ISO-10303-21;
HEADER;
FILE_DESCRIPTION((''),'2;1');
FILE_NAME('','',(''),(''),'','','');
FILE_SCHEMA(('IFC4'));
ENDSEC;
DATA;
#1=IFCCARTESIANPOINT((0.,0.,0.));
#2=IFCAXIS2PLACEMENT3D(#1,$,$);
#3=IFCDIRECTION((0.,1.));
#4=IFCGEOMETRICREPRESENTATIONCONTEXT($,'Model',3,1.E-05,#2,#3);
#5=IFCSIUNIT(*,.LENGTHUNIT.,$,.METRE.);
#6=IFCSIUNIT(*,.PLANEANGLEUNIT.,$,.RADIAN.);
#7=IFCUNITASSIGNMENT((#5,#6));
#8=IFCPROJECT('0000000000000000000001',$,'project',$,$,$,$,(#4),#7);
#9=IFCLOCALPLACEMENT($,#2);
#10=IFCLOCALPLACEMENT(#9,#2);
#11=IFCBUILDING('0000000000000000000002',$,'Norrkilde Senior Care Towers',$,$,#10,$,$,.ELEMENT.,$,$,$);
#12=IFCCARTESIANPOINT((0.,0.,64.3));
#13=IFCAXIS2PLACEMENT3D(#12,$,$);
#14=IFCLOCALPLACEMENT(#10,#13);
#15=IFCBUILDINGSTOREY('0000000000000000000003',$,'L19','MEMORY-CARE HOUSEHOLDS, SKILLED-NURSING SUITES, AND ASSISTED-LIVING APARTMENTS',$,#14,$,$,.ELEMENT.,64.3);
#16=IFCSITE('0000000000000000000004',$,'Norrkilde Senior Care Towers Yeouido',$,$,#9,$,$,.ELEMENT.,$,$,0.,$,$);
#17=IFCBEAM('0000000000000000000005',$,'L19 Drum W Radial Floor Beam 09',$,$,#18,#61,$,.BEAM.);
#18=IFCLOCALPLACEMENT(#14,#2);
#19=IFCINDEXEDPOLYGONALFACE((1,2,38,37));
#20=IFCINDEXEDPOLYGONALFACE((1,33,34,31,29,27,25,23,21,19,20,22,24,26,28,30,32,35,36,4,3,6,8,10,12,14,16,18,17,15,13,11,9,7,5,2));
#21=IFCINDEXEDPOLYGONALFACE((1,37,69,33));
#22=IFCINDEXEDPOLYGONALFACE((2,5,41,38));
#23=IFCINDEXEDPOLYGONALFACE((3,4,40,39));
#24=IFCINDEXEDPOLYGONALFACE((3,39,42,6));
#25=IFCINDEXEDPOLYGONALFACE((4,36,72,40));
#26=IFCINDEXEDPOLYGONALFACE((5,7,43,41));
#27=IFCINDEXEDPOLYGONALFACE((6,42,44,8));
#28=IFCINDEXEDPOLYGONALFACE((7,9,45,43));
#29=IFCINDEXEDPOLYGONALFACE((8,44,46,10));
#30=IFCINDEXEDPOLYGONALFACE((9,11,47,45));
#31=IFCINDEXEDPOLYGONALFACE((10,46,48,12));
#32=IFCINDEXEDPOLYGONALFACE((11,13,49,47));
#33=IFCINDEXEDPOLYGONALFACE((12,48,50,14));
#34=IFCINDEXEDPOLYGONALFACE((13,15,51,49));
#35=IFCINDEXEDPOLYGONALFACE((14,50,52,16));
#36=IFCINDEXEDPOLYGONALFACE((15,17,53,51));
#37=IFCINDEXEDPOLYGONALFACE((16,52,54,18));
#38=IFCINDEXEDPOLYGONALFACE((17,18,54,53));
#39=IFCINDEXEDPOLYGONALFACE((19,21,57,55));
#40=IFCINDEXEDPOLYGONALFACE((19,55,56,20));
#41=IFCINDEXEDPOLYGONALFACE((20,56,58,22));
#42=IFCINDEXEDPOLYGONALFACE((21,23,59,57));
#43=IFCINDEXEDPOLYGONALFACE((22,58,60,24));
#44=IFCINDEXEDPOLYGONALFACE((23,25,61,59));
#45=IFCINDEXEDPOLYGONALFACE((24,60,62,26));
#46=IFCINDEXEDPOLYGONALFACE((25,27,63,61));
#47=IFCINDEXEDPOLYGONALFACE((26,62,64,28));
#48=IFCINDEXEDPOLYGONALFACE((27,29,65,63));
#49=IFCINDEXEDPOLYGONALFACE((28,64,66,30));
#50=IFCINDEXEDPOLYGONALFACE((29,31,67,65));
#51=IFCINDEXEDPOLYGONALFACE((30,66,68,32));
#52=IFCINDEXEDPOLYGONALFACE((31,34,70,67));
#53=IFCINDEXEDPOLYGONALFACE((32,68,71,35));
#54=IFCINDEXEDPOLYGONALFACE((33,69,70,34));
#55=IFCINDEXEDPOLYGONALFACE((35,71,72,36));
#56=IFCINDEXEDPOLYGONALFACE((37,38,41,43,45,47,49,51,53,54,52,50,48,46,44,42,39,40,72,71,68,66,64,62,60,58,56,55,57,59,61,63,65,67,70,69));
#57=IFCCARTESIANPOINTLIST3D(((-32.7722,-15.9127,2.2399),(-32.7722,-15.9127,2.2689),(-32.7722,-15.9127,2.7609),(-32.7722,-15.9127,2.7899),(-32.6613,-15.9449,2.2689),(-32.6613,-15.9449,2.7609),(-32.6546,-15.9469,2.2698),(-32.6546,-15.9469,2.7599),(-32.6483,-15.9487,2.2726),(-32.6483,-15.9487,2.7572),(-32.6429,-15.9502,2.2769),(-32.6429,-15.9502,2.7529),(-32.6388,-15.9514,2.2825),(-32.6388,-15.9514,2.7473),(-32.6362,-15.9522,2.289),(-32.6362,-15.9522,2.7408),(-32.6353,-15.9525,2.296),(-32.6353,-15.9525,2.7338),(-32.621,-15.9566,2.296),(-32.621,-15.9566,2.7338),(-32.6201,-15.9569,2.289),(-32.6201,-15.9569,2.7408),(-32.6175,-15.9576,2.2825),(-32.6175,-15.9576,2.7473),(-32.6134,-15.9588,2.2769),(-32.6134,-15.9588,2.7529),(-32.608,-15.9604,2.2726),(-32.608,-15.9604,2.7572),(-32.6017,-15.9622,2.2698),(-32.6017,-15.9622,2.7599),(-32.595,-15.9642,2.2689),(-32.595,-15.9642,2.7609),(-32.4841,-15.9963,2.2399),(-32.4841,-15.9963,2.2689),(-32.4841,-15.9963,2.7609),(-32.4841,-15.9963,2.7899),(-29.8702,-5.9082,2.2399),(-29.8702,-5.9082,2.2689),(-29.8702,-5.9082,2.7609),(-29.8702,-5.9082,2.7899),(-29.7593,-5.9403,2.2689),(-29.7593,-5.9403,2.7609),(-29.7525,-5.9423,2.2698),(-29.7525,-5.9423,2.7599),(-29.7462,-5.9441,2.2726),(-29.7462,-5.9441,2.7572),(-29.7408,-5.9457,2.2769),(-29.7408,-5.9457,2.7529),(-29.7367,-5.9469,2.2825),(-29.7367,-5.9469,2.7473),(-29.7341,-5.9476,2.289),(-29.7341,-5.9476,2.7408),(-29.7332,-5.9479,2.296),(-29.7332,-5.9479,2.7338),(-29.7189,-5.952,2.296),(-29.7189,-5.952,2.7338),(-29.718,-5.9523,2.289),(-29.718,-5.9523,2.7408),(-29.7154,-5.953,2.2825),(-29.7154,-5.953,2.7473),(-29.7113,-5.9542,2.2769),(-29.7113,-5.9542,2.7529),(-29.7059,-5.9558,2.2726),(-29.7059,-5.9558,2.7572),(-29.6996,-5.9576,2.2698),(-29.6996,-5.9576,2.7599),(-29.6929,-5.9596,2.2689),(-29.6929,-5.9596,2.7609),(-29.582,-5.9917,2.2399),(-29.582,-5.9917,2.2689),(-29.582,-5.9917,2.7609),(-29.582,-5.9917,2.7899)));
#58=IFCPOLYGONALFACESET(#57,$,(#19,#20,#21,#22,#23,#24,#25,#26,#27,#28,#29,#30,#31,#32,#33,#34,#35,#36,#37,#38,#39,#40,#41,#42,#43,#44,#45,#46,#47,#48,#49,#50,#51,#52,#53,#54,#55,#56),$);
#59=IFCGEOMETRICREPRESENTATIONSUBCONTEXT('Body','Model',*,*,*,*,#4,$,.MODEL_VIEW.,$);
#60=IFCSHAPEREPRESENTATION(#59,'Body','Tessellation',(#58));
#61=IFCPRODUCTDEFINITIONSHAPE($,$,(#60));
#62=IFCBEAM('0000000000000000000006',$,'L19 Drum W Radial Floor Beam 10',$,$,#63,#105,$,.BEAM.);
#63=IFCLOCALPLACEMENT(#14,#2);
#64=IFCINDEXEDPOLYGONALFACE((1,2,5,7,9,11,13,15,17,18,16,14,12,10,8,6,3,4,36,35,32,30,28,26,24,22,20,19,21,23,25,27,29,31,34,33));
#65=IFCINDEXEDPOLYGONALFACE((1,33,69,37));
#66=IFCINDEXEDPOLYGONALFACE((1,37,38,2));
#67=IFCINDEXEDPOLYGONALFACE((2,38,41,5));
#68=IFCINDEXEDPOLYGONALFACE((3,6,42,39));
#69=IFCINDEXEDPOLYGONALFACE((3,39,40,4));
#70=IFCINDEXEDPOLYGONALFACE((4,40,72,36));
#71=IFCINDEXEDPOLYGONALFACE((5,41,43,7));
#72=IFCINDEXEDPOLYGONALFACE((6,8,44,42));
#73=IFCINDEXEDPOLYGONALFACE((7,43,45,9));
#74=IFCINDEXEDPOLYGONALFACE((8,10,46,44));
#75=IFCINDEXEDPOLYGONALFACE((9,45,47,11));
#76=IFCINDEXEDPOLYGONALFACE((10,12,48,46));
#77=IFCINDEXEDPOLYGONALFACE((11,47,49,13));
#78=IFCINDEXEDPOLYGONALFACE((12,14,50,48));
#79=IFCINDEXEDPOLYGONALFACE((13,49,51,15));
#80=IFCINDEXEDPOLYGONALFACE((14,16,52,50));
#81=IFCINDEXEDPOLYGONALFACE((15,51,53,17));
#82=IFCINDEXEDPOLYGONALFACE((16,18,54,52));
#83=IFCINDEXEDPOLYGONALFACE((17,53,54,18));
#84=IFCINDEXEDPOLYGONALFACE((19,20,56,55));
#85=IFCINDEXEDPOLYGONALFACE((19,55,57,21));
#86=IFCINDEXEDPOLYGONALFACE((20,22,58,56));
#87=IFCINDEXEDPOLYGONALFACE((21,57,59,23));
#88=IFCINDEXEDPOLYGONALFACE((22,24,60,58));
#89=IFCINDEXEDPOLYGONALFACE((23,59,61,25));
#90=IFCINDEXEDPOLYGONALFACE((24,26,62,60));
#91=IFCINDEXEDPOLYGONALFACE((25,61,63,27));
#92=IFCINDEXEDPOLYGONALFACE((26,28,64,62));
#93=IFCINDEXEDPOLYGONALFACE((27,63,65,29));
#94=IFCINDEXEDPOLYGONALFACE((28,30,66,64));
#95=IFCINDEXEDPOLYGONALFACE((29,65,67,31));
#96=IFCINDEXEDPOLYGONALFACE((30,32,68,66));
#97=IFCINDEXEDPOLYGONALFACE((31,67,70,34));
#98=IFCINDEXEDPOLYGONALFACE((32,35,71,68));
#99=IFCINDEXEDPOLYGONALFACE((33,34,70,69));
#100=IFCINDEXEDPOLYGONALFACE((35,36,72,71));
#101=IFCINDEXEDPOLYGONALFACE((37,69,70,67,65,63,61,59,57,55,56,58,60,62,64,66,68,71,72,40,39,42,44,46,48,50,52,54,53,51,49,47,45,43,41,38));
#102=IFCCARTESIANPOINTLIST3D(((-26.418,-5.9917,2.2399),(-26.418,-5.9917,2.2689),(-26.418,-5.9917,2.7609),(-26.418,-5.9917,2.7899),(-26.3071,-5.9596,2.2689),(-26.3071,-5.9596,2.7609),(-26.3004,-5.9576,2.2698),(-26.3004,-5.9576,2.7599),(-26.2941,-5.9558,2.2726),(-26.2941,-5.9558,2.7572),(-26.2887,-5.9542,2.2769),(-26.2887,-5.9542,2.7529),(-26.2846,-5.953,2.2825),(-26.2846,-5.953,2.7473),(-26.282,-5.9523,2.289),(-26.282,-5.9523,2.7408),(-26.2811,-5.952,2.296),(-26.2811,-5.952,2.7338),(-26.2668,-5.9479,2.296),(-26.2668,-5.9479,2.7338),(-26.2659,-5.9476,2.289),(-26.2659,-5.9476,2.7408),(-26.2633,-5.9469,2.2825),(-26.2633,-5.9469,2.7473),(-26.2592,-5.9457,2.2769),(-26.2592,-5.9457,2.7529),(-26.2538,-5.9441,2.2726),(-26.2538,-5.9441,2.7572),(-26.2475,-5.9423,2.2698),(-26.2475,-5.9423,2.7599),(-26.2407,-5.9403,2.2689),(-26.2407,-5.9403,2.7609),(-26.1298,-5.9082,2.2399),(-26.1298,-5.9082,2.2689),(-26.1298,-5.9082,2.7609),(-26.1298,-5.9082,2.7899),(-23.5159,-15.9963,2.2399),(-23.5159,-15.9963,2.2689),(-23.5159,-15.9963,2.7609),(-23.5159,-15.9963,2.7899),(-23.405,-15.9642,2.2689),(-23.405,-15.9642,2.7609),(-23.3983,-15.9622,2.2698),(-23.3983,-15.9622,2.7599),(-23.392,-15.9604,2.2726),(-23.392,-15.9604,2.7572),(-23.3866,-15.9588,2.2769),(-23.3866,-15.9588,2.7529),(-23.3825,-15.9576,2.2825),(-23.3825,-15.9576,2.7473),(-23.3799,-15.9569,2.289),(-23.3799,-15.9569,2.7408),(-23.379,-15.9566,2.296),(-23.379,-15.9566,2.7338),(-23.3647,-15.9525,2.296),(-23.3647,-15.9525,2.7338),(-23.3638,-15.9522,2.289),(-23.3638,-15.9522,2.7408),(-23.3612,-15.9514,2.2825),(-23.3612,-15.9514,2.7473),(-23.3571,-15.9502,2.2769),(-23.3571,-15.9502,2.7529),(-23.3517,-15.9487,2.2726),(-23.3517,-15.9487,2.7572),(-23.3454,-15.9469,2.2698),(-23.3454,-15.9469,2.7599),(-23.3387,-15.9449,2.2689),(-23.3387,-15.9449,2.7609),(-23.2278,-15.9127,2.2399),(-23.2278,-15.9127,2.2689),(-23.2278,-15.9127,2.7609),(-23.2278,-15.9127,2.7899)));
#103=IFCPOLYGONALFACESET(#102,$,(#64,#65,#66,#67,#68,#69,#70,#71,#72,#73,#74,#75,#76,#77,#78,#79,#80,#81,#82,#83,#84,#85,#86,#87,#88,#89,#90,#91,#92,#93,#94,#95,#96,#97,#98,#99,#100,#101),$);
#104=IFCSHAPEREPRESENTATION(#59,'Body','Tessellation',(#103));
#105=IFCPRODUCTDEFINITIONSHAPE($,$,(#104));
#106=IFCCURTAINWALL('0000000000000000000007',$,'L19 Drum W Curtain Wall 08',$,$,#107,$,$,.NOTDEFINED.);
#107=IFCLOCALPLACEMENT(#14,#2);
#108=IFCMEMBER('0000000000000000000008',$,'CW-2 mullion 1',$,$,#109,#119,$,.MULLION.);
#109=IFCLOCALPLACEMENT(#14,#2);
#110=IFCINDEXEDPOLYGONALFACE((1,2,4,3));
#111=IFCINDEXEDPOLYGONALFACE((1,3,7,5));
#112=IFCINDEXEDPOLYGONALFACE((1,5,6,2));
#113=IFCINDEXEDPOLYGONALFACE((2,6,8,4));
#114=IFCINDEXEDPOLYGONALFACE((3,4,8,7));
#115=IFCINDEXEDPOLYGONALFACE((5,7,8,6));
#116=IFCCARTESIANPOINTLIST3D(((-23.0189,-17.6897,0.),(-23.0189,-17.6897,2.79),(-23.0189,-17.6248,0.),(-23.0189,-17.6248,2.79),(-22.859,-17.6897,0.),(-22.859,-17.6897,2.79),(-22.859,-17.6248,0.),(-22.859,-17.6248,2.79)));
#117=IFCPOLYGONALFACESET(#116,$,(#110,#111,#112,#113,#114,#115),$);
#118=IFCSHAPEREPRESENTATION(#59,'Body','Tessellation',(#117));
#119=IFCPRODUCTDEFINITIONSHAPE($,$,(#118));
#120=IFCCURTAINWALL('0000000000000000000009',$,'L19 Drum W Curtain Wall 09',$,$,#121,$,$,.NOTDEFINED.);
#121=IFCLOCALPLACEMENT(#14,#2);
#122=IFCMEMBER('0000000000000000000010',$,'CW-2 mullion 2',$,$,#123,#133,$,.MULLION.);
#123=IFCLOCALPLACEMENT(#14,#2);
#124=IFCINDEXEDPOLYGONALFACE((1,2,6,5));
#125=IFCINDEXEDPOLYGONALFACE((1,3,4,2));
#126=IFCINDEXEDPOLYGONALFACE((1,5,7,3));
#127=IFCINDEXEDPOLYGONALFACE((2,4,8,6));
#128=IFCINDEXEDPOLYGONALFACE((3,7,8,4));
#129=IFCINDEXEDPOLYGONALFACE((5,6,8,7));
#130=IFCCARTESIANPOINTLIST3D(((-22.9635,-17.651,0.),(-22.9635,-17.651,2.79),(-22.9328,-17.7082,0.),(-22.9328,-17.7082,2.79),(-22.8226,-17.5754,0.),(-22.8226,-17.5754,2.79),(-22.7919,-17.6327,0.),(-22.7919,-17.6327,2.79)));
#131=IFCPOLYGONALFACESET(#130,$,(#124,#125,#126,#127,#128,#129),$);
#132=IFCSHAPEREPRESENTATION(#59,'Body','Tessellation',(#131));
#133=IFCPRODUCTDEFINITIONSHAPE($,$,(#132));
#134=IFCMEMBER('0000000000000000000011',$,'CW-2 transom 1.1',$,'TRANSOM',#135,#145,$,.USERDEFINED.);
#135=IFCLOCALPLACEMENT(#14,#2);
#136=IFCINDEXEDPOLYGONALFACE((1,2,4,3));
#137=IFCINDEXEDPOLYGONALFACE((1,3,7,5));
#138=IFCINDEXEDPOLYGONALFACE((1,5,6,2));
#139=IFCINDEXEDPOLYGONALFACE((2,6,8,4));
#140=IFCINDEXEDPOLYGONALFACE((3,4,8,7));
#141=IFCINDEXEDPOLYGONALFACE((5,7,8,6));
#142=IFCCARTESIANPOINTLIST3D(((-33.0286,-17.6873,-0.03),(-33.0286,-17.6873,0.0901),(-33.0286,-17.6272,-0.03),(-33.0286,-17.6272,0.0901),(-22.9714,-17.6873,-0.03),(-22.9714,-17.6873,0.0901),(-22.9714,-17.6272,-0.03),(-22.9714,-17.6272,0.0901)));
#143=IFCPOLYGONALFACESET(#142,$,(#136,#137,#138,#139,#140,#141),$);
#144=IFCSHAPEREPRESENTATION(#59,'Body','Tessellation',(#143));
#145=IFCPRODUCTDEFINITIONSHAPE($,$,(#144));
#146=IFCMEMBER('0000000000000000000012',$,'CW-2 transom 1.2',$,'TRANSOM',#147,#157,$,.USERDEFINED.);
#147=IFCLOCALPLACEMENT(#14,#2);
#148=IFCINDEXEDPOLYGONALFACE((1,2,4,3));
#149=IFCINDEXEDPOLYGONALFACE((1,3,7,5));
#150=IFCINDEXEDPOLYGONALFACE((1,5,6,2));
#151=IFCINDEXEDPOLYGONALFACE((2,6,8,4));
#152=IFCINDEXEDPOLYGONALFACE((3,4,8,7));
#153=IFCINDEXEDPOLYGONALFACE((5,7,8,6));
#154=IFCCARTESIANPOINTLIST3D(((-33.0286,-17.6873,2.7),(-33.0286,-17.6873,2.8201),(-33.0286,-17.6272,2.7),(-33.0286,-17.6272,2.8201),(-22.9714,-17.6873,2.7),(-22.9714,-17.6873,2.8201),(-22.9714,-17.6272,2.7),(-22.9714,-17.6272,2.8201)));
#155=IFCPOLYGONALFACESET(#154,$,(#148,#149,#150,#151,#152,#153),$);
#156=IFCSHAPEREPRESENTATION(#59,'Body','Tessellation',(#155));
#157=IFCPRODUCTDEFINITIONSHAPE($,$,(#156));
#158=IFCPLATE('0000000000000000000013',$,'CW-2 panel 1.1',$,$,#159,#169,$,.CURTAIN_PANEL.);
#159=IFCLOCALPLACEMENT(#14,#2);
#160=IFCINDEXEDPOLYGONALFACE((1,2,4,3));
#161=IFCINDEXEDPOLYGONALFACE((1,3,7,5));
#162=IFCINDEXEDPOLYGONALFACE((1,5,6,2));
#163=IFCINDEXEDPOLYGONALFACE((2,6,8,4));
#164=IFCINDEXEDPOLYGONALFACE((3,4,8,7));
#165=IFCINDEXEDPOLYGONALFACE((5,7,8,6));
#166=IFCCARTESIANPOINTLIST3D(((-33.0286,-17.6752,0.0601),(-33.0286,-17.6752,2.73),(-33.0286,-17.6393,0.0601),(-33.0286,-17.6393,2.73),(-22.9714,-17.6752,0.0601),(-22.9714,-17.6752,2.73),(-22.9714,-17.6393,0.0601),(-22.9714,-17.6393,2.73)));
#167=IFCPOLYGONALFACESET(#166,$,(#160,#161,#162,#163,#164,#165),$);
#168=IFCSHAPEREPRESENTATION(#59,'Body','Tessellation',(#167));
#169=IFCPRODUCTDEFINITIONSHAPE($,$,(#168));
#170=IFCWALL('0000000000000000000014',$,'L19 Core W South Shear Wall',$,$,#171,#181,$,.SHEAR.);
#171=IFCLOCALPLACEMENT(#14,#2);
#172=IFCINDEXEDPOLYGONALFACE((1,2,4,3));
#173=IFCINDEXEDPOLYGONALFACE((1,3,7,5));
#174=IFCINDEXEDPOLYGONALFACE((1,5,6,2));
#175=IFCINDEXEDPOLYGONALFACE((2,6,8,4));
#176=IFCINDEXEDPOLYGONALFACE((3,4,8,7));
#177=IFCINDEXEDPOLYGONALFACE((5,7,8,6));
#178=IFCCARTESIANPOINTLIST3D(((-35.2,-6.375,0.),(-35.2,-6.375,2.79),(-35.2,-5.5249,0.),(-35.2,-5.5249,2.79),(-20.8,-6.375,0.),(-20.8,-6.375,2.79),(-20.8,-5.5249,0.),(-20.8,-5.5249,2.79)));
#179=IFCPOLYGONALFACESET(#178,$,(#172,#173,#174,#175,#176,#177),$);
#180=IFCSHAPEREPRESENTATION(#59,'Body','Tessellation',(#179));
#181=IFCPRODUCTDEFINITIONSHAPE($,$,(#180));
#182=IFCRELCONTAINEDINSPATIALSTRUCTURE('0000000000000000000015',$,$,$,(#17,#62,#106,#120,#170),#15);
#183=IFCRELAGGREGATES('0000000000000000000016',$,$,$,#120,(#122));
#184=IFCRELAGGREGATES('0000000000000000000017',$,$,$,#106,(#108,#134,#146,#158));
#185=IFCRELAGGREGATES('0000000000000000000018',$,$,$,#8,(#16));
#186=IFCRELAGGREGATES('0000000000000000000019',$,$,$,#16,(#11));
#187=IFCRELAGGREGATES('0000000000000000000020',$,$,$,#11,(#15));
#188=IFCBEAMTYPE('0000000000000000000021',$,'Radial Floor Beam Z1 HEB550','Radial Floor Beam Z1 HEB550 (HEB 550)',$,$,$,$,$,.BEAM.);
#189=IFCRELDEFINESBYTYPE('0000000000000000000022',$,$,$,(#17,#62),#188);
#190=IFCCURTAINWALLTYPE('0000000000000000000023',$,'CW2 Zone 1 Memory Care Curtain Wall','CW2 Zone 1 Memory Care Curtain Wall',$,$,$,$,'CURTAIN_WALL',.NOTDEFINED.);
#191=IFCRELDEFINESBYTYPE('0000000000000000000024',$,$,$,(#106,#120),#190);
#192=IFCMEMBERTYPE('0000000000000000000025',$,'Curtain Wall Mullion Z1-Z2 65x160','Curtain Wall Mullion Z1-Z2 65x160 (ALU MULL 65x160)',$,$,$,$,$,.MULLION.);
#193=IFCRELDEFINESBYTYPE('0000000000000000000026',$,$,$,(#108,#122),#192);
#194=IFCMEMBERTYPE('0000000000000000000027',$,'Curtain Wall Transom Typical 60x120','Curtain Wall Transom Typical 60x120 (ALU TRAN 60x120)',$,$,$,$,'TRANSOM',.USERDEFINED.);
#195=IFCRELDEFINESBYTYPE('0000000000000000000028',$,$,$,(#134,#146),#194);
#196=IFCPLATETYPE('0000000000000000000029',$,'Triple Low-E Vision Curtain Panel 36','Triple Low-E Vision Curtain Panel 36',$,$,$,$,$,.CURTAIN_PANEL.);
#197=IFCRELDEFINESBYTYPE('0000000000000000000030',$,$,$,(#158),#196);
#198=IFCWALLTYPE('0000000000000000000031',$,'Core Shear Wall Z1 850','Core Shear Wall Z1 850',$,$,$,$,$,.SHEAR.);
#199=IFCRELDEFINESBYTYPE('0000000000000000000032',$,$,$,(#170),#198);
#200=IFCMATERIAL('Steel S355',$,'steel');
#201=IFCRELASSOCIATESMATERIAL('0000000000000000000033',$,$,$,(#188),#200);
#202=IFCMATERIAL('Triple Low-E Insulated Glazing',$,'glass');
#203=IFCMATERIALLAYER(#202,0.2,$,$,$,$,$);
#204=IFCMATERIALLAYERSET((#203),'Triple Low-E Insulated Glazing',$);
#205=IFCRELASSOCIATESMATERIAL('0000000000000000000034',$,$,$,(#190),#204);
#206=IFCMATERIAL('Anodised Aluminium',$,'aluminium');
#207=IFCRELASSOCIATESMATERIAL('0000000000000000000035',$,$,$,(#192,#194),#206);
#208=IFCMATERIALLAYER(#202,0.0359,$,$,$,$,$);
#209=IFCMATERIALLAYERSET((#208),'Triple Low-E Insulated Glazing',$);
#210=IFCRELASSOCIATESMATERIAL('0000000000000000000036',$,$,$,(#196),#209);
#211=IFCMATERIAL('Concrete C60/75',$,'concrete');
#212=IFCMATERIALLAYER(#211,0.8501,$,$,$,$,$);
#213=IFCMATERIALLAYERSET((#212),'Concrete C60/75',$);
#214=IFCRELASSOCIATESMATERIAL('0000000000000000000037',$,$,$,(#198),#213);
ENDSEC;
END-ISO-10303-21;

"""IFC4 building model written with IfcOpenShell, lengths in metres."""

from ifc_helpers import new_model, si_unit, direction, frame, frame_2d, origin, origin_2d, place, context, subcontext, project, spatial, rectangle, i_section, extrude, source, transform, mapped, material, layer, layer_set, material_profile, profile_set, type_object, type_shapes, element, aggregate, save


model = new_model("IFC4")

# Units and contexts
model_context = context("Model", 3, precision=1e-05, world=origin(), true_north=direction((0.0, 1.0)))
body_context = subcontext(model_context, "Body", "Model", "MODEL_VIEW")
ifc_project = project(units=[si_unit("LENGTHUNIT", "METRE"), si_unit("PLANEANGLEUNIT", "RADIAN")], contexts=[model_context])

# Site, building, storey
site_placement = place(None, origin())
site = spatial("IfcSite", under=ifc_project, at=site_placement, Name="Norrkilde Senior Care Towers Yeouido", CompositionType="ELEMENT", RefElevation=0.0)
building_placement = place(site_placement, origin())
building = spatial("IfcBuilding", under=site, at=building_placement, Name="Norrkilde Senior Care Towers", CompositionType="ELEMENT")
storey_placement = place(building_placement, frame((0.0, 0.0, 64.3)))
storey = spatial("IfcBuildingStorey", under=building, at=storey_placement, Name="L19", Description="MEMORY-CARE HOUSEHOLDS, SKILLED-NURSING SUITES, AND ASSISTED-LIVING APARTMENTS", CompositionType="ELEMENT", Elevation=64.3)

# Shared definitions
ifc_material_1 = material(Name="Concrete C60/75", Category="concrete")

# Beams
ifc_material_2 = material(Name="Steel S355", Category="steel")
ifc_material_profile_1 = material_profile(ifc_material_2, i_section(OverallWidth=0.3, OverallDepth=0.55, WebThickness=0.0149, FlangeThickness=0.0291, FilletRadius=0.0271, at=origin_2d()), Name="HEB 550")
ifc_profile_set_1 = profile_set([ifc_material_profile_1], Name="Steel S355")
beam_type_1 = type_object("IfcBeamType", Name="Radial Floor Beam Z1 HEB550", Description="Radial Floor Beam Z1 HEB550 (HEB 550)", PredefinedType="BEAM", material=ifc_profile_set_1)
shared_shape_1 = source(origin(), body_context, "Body", "SweptSolid", [
    extrude(i_section(OverallWidth=0.3, OverallDepth=0.55, WebThickness=0.0149, FlangeThickness=0.0291, FilletRadius=0.0271, at=origin_2d()), origin(), (0.0, 0.0, 1.0), 10.417),
])
for number, where, z_axis, x_axis, name in (
    (1, (-29.7261, -5.95, 2.5149), (-0.278591, -0.96041, 0.0), (0.96041, -0.278591, 0.0), "L19 Drum W Radial Floor Beam 09"),
    (2, (-26.2739, -5.95, 2.5149), (0.278591, -0.96041, 0.0), (0.96041, 0.278591, 0.0), "L19 Drum W Radial Floor Beam 10"),
):
    element("IfcBeam", number, at=place(storey_placement, frame(where, z_axis=z_axis, x_axis=x_axis)), inside=storey, type_object=beam_type_1, Name=name, PredefinedType="BEAM", context=body_context, shape_type="MappedRepresentation", body=[
        mapped(shared_shape_1, transform((0.0, 0.0, 0.0), x_axis=(1.0, 0.0, 0.0), y_axis=(0.0, 1.0, 0.0), z_axis=(0.0, 0.0, 1.0), scale=1.0)),
    ])

# Curtain walls, members
ifc_material_3 = material(Name="Triple Low-E Insulated Glazing", Category="glass")
ifc_layer_1 = layer(ifc_material_3, 0.2)
ifc_layer_set_1 = layer_set([ifc_layer_1], Name="Triple Low-E Insulated Glazing")
curtain_wall_type = type_object("IfcCurtainWallType", Name="CW2 Zone 1 Memory Care Curtain Wall", Description="CW2 Zone 1 Memory Care Curtain Wall", ElementType="CURTAIN_WALL", PredefinedType="NOTDEFINED", material=ifc_layer_set_1)
curtain_wall_1_placement = place(storey_placement, origin())
curtain_wall_1 = element("IfcCurtainWall", 3, at=curtain_wall_1_placement, inside=storey, type_object=curtain_wall_type, Name="L19 Drum W Curtain Wall 08", PredefinedType="NOTDEFINED")
ifc_material_4 = material(Name="Anodised Aluminium", Category="aluminium")
ifc_material_profile_2 = material_profile(ifc_material_4, rectangle(XDim=0.0649, YDim=0.1599, at=origin_2d()), Name="ALU MULL 65x160")
ifc_profile_set_2 = profile_set([ifc_material_profile_2], Name="Anodised Aluminium")
member_type_1 = type_object("IfcMemberType", Name="Curtain Wall Mullion Z1-Z2 65x160", Description="Curtain Wall Mullion Z1-Z2 65x160 (ALU MULL 65x160)", PredefinedType="MULLION", material=ifc_profile_set_2)
shared_shape_2 = source(origin(), body_context, "Body", "SweptSolid", [
    extrude(rectangle(XDim=0.0649, YDim=0.1599, at=origin_2d()), origin(), (0.0, 0.0, 1.0), 2.79),
])
type_shapes(member_type_1, [shared_shape_2])
member_1_placement = place(storey_placement, frame((-22.939, -17.6572, 0.0), z_axis=(0.0, 0.0, 1.0), x_axis=(0.0, -1.0, 0.0)))
member_1 = element("IfcMember", 4, at=member_1_placement, type_object=member_type_1, Name="CW-2 mullion 1", PredefinedType="MULLION", context=body_context, shape_type="MappedRepresentation", body=[
    mapped(shared_shape_2, transform((0.0, 0.0, 0.0), x_axis=(1.0, 0.0, 0.0), y_axis=(0.0, 1.0, 0.0), z_axis=(0.0, 0.0, 1.0), scale=1.0)),
])
curtain_wall_2_placement = place(storey_placement, origin())
curtain_wall_2 = element("IfcCurtainWall", 5, at=curtain_wall_2_placement, inside=storey, type_object=curtain_wall_type, Name="L19 Drum W Curtain Wall 09", PredefinedType="NOTDEFINED")
member_2_placement = place(storey_placement, frame((-22.8777, -17.6418, 0.0), z_axis=(0.0, 0.0, 1.0), x_axis=(0.472608, -0.881273, 0.0)))
member_2 = element("IfcMember", 6, at=member_2_placement, type_object=member_type_1, Name="CW-2 mullion 2", PredefinedType="MULLION", context=body_context, shape_type="MappedRepresentation", body=[
    mapped(shared_shape_2, transform((0.0, 0.0, 0.0), x_axis=(1.0, 0.0, 0.0), y_axis=(0.0, 1.0, 0.0), z_axis=(0.0, 0.0, 1.0), scale=1.0)),
])
aggregate(curtain_wall_2, [member_2])

# Members
ifc_material_profile_3 = material_profile(ifc_material_4, rectangle(XDim=0.0601, YDim=0.1201, at=origin_2d()), Name="ALU TRAN 60x120")
ifc_profile_set_3 = profile_set([ifc_material_profile_3], Name="Anodised Aluminium")
member_type_2 = type_object("IfcMemberType", Name="Curtain Wall Transom Typical 60x120", Description="Curtain Wall Transom Typical 60x120 (ALU TRAN 60x120)", ElementType="TRANSOM", PredefinedType="USERDEFINED", material=ifc_profile_set_3)
shared_shape_3 = source(origin(), body_context, "Body", "SweptSolid", [
    extrude(rectangle(XDim=0.0601, YDim=0.1201, at=origin_2d()), origin(), (0.0, 0.0, 1.0), 10.0571),
])
type_shapes(member_type_2, [shared_shape_3])
member_3_placement = place(storey_placement, frame((-22.9714, -17.6572, 0.03), z_axis=(-1.0, 0.0, 0.0), x_axis=(0.0, -1.0, 0.0)))
member_3 = element("IfcMember", 7, at=member_3_placement, type_object=member_type_2, Name="CW-2 transom 1.1", ObjectType="TRANSOM", PredefinedType="USERDEFINED", context=body_context, shape_type="MappedRepresentation", body=[
    mapped(shared_shape_3, transform((0.0, 0.0, 0.0), x_axis=(1.0, 0.0, 0.0), y_axis=(0.0, 1.0, 0.0), z_axis=(0.0, 0.0, 1.0), scale=1.0)),
])
member_4_placement = place(storey_placement, frame((-22.9714, -17.6572, 2.76), z_axis=(-1.0, 0.0, 0.0), x_axis=(0.0, -1.0, 0.0)))
member_4 = element("IfcMember", 8, at=member_4_placement, type_object=member_type_2, Name="CW-2 transom 1.2", ObjectType="TRANSOM", PredefinedType="USERDEFINED", context=body_context, shape_type="MappedRepresentation", body=[
    mapped(shared_shape_3, transform((0.0, 0.0, 0.0), x_axis=(1.0, 0.0, 0.0), y_axis=(0.0, 1.0, 0.0), z_axis=(0.0, 0.0, 1.0), scale=1.0)),
])

# Plate
ifc_layer_2 = layer(ifc_material_3, 0.0359)
ifc_layer_set_2 = layer_set([ifc_layer_2], Name="Triple Low-E Insulated Glazing")
plate_type = type_object("IfcPlateType", Name="Triple Low-E Vision Curtain Panel 36", Description="Triple Low-E Vision Curtain Panel 36", PredefinedType="CURTAIN_PANEL", material=ifc_layer_set_2)
shared_shape_4 = source(origin(), body_context, "Body", "SweptSolid", [
    extrude(rectangle(XDim=10.0571, YDim=0.0359, at=origin_2d()), origin(), (0.0, 0.0, 1.0), 2.6699),
])
type_shapes(plate_type, [shared_shape_4])
plate_placement = place(storey_placement, frame((-28.0, -17.6572, 0.0601), z_axis=(0.0, 0.0, 1.0), x_axis=(-1.0, 0.0, 0.0)))
plate = element("IfcPlate", 9, at=plate_placement, type_object=plate_type, Name="CW-2 panel 1.1", PredefinedType="CURTAIN_PANEL", context=body_context, shape_type="MappedRepresentation", body=[
    mapped(shared_shape_4, transform((0.0, 0.0, 0.0), x_axis=(1.0, 0.0, 0.0), y_axis=(0.0, 1.0, 0.0), z_axis=(0.0, 0.0, 1.0), scale=1.0)),
])
aggregate(curtain_wall_1, [member_1, member_3, member_4, plate])

# Wall
ifc_layer_3 = layer(ifc_material_1, 0.8501)
ifc_layer_set_3 = layer_set([ifc_layer_3], Name="Concrete C60/75")
wall_type_1 = type_object("IfcWallType", Name="Core Shear Wall Z1 850", Description="Core Shear Wall Z1 850", PredefinedType="SHEAR", material=ifc_layer_set_3)
shared_shape_5 = source(origin(), body_context, "Body", "SweptSolid", [
    extrude(rectangle(XDim=14.3999, YDim=0.8501, at=frame_2d((7.2, 0.0))), origin(), (0.0, 0.0, 1.0), 2.79),
])
type_shapes(wall_type_1, [shared_shape_5])
wall_1_placement = place(storey_placement, frame((-20.8, -5.95, 0.0), z_axis=(0.0, 0.0, 1.0), x_axis=(-1.0, 0.0, 0.0)))
element("IfcWall", 10, at=wall_1_placement, inside=storey, type_object=wall_type_1, Name="L19 Core W South Shear Wall", PredefinedType="SHEAR", context=body_context, shape_type="MappedRepresentation", body=[
    mapped(shared_shape_5, transform((0.0, 0.0, 0.0), x_axis=(1.0, 0.0, 0.0), y_axis=(0.0, 1.0, 0.0), z_axis=(0.0, 0.0, 1.0), scale=1.0)),
])

save(model, "model.ifc")
